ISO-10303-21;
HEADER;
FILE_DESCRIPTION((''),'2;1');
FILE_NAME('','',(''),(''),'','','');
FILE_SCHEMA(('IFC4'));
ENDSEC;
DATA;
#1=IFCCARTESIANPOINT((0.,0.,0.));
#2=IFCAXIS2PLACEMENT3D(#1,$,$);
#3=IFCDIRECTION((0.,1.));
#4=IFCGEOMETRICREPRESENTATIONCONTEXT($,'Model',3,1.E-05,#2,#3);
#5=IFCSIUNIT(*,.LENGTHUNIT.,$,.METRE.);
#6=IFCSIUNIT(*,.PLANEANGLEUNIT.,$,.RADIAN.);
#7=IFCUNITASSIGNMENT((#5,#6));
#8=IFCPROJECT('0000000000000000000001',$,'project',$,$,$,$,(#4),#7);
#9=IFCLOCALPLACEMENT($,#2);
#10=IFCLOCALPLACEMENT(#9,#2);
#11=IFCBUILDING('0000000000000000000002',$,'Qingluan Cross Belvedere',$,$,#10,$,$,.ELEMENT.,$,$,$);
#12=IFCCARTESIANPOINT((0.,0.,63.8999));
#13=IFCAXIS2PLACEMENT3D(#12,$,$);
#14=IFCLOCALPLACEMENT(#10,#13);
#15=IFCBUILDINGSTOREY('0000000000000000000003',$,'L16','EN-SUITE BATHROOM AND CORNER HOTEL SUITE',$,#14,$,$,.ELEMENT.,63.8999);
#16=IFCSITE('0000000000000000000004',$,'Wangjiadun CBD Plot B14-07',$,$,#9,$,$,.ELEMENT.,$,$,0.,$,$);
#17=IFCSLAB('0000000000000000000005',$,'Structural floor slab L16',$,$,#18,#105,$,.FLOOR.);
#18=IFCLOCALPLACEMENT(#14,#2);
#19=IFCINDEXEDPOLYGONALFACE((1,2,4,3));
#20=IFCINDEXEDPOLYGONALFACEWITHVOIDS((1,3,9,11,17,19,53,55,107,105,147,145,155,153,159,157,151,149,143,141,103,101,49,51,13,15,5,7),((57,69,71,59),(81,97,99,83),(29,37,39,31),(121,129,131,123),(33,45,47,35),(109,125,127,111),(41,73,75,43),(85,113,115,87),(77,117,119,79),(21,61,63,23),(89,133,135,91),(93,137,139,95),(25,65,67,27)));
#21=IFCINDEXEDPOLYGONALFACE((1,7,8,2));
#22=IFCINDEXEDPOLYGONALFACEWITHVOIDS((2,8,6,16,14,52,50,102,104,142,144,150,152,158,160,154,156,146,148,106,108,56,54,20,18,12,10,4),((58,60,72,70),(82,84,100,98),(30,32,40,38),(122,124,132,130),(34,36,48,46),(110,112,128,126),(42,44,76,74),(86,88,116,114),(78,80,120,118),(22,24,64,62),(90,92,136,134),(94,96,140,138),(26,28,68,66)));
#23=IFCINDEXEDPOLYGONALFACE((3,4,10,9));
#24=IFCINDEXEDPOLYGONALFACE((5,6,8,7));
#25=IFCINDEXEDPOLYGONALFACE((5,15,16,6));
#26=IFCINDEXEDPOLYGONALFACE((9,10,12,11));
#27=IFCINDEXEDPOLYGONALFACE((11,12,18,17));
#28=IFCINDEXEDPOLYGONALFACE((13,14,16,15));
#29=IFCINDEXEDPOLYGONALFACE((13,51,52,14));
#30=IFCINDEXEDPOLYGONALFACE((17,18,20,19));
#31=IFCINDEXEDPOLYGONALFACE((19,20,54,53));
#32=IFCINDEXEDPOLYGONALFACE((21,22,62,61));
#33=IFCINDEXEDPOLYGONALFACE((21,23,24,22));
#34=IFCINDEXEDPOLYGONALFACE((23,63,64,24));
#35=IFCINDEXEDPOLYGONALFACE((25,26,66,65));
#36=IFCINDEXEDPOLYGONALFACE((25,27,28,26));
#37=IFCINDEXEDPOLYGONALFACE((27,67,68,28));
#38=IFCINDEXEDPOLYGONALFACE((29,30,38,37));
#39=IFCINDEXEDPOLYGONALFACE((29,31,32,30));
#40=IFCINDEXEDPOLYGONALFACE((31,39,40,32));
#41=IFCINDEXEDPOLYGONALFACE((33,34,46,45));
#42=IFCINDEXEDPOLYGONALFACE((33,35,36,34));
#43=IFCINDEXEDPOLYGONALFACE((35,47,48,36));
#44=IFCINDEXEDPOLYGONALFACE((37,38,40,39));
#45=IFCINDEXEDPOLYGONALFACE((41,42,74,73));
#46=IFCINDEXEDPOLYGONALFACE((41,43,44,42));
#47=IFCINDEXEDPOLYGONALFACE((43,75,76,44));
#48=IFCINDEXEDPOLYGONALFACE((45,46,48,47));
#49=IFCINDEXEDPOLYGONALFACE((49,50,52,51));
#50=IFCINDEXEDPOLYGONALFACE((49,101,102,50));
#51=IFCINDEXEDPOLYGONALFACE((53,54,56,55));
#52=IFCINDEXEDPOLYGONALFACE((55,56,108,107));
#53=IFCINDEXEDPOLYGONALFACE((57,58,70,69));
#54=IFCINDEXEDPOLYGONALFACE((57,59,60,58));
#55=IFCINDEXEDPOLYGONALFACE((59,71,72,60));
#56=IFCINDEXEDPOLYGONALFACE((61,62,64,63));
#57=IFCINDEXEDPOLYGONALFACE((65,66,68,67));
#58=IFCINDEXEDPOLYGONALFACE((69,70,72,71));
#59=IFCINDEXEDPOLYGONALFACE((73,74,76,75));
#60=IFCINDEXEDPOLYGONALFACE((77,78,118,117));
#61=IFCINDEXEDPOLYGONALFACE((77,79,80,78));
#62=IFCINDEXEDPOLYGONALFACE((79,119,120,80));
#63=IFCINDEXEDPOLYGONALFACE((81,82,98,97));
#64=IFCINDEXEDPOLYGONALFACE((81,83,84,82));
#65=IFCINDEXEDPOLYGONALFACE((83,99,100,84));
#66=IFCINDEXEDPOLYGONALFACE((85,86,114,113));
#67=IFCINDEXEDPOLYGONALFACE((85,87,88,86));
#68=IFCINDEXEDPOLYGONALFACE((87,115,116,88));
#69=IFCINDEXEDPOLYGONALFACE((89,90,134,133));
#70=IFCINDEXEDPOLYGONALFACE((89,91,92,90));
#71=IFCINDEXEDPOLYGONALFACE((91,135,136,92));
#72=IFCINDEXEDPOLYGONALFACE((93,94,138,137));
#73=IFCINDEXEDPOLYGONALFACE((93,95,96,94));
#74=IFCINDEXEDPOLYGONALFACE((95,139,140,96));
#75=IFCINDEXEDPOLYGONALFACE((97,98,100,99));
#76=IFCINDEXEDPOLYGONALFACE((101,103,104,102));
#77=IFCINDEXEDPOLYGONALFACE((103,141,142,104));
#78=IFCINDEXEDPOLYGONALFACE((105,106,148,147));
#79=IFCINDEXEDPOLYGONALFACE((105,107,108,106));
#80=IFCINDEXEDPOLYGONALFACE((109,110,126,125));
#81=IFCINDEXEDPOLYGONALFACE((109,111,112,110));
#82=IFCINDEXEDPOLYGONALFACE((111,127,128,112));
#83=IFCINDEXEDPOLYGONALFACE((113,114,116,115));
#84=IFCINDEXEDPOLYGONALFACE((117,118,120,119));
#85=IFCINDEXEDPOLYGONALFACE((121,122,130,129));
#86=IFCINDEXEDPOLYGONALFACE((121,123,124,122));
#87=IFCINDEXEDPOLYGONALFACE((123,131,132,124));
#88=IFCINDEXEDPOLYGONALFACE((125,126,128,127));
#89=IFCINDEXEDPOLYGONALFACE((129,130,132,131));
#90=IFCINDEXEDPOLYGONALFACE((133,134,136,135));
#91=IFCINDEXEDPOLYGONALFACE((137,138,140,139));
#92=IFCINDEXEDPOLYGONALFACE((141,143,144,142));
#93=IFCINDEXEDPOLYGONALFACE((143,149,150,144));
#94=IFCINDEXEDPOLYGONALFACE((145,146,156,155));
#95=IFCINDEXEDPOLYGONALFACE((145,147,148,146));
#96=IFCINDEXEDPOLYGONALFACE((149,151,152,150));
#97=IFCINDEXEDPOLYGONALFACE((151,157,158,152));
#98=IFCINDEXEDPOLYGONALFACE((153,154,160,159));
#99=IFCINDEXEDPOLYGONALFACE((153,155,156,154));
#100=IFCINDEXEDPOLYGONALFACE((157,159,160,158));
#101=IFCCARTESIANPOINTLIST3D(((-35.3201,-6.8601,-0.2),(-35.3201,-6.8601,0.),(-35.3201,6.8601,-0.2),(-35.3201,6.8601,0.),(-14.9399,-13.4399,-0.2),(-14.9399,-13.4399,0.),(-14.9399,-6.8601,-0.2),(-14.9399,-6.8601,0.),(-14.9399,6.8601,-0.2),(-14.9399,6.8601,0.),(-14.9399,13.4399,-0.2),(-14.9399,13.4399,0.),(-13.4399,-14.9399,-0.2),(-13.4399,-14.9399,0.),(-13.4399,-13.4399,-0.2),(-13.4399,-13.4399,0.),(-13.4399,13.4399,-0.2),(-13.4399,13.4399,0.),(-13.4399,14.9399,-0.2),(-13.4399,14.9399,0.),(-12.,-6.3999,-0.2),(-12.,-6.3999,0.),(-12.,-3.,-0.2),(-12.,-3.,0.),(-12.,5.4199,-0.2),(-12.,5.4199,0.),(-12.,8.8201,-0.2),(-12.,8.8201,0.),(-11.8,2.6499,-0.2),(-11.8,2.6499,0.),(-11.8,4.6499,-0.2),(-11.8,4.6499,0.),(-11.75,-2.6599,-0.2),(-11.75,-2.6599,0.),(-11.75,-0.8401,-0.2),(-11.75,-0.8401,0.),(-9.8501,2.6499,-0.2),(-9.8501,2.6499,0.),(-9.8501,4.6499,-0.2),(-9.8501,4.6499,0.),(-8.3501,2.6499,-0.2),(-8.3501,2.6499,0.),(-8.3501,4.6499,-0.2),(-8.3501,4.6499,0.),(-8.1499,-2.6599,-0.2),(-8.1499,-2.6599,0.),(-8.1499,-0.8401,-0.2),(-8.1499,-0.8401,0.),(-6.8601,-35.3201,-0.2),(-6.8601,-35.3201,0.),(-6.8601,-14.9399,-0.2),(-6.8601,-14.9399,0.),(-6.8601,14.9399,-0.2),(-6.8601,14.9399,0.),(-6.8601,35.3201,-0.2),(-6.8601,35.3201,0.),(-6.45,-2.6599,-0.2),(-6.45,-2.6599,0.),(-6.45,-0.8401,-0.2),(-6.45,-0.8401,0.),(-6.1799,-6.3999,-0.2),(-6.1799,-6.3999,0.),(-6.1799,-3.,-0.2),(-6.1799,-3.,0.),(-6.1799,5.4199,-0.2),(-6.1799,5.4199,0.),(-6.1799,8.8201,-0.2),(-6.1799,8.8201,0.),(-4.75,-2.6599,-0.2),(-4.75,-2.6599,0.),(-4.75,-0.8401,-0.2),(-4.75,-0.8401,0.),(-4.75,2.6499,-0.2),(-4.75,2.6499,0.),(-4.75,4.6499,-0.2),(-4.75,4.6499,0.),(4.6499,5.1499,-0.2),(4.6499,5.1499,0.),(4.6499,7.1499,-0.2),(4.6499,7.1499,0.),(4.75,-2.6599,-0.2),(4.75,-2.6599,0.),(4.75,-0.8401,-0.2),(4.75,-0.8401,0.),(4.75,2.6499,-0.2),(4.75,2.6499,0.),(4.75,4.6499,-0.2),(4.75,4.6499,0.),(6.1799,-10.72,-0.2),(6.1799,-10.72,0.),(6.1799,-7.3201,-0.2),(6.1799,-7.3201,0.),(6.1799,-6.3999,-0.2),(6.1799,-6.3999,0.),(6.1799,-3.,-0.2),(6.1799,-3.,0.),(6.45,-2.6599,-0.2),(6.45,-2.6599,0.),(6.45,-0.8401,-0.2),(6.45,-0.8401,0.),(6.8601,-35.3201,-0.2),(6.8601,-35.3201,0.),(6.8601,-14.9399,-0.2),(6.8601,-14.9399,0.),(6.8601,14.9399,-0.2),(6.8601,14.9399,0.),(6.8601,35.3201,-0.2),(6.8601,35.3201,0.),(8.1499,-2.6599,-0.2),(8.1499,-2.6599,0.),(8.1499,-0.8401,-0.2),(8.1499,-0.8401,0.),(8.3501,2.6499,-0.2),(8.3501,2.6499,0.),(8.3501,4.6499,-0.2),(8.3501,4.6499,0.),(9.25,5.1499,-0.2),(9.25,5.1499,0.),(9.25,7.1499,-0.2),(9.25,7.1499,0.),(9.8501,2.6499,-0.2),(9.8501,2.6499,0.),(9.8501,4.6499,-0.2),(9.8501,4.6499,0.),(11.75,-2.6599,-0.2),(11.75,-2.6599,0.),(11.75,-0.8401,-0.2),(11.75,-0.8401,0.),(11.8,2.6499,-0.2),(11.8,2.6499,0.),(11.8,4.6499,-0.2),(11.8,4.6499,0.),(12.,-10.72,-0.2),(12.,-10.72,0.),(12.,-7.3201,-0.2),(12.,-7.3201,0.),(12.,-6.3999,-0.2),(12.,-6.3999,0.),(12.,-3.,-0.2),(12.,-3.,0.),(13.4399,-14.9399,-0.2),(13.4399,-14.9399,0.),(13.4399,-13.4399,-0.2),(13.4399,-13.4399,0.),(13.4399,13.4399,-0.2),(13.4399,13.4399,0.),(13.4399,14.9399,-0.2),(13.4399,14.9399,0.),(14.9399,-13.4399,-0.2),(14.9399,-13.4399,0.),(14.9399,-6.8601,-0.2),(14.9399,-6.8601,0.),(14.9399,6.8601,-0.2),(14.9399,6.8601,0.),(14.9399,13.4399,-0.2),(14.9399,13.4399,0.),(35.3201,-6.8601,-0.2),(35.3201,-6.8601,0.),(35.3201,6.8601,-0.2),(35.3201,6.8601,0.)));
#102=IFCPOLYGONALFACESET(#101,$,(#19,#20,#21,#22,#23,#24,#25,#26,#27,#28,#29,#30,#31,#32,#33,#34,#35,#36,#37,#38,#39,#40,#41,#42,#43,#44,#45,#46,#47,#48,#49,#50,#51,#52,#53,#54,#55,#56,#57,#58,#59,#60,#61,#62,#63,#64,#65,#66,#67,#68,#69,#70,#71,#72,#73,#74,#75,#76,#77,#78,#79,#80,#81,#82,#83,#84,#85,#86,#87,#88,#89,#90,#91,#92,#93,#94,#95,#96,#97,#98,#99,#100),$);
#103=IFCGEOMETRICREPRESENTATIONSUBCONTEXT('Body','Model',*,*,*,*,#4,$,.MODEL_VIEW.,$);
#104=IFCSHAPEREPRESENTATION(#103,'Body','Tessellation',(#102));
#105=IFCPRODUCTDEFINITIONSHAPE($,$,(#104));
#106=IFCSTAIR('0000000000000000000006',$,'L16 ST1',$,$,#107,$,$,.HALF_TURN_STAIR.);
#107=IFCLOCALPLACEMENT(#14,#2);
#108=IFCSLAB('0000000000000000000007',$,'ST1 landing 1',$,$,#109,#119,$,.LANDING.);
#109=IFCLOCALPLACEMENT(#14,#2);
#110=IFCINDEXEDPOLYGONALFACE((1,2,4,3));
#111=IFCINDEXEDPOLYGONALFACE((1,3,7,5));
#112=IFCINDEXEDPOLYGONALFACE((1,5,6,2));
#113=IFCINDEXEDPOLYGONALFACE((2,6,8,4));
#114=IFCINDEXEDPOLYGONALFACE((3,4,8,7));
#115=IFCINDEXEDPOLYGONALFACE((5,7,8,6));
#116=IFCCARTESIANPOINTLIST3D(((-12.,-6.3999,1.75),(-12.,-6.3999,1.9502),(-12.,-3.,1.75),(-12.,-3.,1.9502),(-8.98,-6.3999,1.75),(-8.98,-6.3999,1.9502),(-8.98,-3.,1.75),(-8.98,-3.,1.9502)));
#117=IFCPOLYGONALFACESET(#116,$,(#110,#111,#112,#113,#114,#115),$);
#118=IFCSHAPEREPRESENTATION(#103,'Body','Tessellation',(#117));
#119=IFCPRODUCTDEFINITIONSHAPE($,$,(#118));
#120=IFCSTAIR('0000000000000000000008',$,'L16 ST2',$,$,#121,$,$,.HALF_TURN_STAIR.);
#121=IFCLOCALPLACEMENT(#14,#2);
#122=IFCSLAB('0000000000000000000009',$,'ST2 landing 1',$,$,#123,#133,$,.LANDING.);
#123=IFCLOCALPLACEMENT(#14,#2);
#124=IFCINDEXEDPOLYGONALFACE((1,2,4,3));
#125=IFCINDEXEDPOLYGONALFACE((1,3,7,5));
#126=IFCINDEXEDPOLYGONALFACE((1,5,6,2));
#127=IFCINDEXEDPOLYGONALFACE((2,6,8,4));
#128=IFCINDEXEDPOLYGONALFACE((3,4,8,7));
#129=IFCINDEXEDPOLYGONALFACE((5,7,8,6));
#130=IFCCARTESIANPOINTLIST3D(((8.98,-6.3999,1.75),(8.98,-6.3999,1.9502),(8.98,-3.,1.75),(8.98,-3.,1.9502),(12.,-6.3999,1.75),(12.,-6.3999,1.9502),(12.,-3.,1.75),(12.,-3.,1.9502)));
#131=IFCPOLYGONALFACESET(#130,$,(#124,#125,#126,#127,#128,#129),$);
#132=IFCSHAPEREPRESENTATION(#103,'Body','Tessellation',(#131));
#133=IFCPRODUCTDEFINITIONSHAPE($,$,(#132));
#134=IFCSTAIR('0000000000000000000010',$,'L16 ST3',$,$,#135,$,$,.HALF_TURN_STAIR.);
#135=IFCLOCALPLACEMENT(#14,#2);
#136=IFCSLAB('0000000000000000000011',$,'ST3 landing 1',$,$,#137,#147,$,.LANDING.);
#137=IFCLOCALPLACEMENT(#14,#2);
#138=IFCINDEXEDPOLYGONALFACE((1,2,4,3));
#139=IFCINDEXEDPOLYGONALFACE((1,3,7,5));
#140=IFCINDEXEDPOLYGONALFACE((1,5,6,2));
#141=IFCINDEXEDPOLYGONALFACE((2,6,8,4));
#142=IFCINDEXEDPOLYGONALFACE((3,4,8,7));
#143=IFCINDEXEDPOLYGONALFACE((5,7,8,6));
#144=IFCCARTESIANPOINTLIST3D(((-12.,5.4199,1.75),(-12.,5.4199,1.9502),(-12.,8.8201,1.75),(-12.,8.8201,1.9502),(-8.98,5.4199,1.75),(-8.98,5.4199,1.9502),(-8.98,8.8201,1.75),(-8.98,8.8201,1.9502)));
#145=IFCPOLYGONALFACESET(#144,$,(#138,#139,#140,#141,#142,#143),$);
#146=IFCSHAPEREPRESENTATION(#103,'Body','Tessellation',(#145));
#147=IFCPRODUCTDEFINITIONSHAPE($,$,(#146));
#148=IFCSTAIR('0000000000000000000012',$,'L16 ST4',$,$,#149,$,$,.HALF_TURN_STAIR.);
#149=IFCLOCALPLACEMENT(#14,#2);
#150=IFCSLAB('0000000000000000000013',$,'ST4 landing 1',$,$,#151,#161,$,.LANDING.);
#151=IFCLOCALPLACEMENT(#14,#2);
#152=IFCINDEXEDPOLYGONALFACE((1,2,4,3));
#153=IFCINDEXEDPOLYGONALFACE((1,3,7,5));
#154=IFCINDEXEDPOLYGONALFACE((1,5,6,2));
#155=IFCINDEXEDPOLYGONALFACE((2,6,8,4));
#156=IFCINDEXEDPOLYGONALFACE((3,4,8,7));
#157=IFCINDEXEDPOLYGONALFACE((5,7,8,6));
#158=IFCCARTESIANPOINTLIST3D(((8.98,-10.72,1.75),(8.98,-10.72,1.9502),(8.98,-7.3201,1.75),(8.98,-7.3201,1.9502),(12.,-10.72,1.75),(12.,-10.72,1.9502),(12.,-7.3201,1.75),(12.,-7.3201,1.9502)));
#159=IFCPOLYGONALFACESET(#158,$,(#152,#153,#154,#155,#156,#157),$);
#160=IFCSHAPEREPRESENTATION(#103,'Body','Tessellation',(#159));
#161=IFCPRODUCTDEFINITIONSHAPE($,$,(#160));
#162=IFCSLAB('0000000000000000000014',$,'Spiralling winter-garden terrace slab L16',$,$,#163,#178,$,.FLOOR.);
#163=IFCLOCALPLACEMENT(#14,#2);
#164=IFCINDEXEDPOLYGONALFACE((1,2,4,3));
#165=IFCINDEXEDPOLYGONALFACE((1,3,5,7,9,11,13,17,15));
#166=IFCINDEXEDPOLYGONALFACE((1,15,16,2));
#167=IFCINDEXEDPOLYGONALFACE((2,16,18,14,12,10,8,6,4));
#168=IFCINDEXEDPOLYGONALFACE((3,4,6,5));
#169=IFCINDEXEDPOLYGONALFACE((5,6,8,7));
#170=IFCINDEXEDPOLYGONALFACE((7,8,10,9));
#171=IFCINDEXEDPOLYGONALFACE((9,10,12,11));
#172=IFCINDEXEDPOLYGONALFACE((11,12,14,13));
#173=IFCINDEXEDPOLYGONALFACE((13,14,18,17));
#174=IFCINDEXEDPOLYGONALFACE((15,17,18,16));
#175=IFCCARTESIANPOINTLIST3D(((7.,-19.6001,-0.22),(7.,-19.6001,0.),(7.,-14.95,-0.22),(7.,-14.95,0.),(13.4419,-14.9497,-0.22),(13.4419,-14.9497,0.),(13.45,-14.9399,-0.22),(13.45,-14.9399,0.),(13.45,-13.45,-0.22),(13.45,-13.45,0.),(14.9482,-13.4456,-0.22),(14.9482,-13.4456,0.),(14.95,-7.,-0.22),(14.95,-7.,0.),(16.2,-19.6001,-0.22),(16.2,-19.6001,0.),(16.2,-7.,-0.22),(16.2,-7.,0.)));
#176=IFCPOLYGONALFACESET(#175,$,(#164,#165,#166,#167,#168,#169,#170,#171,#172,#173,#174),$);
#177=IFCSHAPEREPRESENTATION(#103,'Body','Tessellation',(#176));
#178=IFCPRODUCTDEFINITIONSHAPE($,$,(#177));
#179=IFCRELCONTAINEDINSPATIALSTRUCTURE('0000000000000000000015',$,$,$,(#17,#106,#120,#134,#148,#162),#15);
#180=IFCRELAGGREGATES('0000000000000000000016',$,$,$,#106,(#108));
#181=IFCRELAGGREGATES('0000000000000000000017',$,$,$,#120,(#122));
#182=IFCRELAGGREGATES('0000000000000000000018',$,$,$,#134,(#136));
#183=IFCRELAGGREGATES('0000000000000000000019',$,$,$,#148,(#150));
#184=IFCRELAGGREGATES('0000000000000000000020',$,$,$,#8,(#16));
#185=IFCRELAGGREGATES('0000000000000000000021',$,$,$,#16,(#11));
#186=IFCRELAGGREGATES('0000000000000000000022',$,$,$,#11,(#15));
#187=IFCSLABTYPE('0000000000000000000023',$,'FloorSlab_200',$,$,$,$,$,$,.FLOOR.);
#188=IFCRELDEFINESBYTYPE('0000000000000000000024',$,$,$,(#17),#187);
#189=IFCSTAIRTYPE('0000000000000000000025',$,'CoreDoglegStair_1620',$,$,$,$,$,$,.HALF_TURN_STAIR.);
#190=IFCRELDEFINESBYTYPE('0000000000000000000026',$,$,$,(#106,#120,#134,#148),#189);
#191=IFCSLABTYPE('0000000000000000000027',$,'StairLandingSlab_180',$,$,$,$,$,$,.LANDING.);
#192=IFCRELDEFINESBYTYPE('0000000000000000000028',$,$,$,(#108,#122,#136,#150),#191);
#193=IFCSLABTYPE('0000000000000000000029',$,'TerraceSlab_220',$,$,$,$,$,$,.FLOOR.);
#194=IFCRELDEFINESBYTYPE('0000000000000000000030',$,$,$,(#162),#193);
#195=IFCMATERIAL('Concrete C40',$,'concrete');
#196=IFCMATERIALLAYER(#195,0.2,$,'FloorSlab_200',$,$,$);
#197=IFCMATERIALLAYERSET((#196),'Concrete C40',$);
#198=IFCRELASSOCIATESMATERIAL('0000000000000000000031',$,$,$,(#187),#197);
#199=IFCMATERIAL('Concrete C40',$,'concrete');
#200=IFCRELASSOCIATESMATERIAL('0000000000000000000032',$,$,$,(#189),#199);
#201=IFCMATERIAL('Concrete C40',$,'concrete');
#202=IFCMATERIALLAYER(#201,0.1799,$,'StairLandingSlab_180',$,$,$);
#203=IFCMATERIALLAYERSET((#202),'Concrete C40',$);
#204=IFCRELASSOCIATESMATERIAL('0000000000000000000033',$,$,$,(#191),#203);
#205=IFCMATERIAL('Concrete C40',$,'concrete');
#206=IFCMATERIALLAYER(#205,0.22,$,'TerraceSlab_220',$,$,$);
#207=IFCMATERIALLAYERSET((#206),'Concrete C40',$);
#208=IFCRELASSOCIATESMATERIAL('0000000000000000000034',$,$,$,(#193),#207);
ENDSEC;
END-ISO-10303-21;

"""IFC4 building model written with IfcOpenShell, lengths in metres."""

from ifc_helpers import new_model, si_unit, direction, frame, origin, place, context, subcontext, project, spatial, polyline, outline, extrude, material, layer, layer_set, type_object, element, aggregate, save


model = new_model("IFC4")

# Units and contexts
model_context = context("Model", 3, precision=1e-05, world=origin(), true_north=direction((0.0, 1.0)))
body_context = subcontext(model_context, "Body", "Model", "MODEL_VIEW")
ifc_project = project(units=[si_unit("LENGTHUNIT", "METRE"), si_unit("PLANEANGLEUNIT", "RADIAN")], contexts=[model_context])

# Site, building, storey
site_placement = place(None, origin())
site = spatial("IfcSite", under=ifc_project, at=site_placement, Name="Wangjiadun CBD Plot B14-07", CompositionType="ELEMENT", RefElevation=0.0)
building_placement = place(site_placement, origin())
building = spatial("IfcBuilding", under=site, at=building_placement, Name="Qingluan Cross Belvedere", CompositionType="ELEMENT")
storey_placement = place(building_placement, frame((0.0, 0.0, 63.8999)))
storey = spatial("IfcBuildingStorey", under=building, at=storey_placement, Name="L16", Description="EN-SUITE BATHROOM AND CORNER HOTEL SUITE", CompositionType="ELEMENT", Elevation=63.8999)

# Slab
ifc_material_1 = material(Name="Concrete C40", Category="concrete")
ifc_layer_1 = layer(ifc_material_1, 0.2, Name="FloorSlab_200")
ifc_layer_set_1 = layer_set([ifc_layer_1], Name="Concrete C40")
slab_type_1 = type_object("IfcSlabType", Name="FloorSlab_200", PredefinedType="FLOOR", material=ifc_layer_set_1)
slab_1_placement = place(storey_placement, frame((0.0, 0.0, -0.2)))
element("IfcSlab", 1, at=slab_1_placement, inside=storey, type_object=slab_type_1, Name="Structural floor slab L16", PredefinedType="FLOOR", context=body_context, shape_type="SweptSolid", body=[
    extrude(outline(polyline([(6.8601, -35.3201), (6.8601, -14.9399), (13.4399, -14.9399), (13.4399, -13.4399), (14.9399, -13.4399), (14.9399, -6.8601), (35.3201, -6.8601), (35.3201, 6.8601), (14.9399, 6.8601), (14.9399, 13.4399), (13.4399, 13.4399), (13.4399, 14.9399), (6.8601, 14.9399), (6.8601, 35.3201), (-6.8601, 35.3201), (-6.8601, 14.9399), (-13.4399, 14.9399), (-13.4399, 13.4399), (-14.9399, 13.4399), (-14.9399, 6.8601), (-35.3201, 6.8601), (-35.3201, -6.8601), (-14.9399, -6.8601), (-14.9399, -13.4399), (-13.4399, -13.4399), (-13.4399, -14.9399), (-6.8601, -14.9399), (-6.8601, -35.3201), (6.8601, -35.3201)]), holes=[polyline([(-12.0, -3.0), (-6.1799, -3.0), (-6.1799, -6.3999), (-12.0, -6.3999), (-12.0, -3.0)]), polyline([(6.1799, -3.0), (12.0, -3.0), (12.0, -6.3999), (6.1799, -6.3999), (6.1799, -3.0)]), polyline([(-12.0, 8.8201), (-6.1799, 8.8201), (-6.1799, 5.4199), (-12.0, 5.4199), (-12.0, 8.8201)]), polyline([(6.1799, -7.3201), (12.0, -7.3201), (12.0, -10.72), (6.1799, -10.72), (6.1799, -7.3201)]), polyline([(-11.8, 4.6499), (-9.8501, 4.6499), (-9.8501, 2.6499), (-11.8, 2.6499), (-11.8, 4.6499)]), polyline([(-8.3501, 4.6499), (-4.75, 4.6499), (-4.75, 2.6499), (-8.3501, 2.6499), (-8.3501, 4.6499)]), polyline([(4.75, 4.6499), (8.3501, 4.6499), (8.3501, 2.6499), (4.75, 2.6499), (4.75, 4.6499)]), polyline([(9.8501, 4.6499), (11.8, 4.6499), (11.8, 2.6499), (9.8501, 2.6499), (9.8501, 4.6499)]), polyline([(-11.75, -0.8401), (-8.1499, -0.8401), (-8.1499, -2.6599), (-11.75, -2.6599), (-11.75, -0.8401)]), polyline([(-6.45, -0.8401), (-4.75, -0.8401), (-4.75, -2.6599), (-6.45, -2.6599), (-6.45, -0.8401)]), polyline([(4.75, -0.8401), (6.45, -0.8401), (6.45, -2.6599), (4.75, -2.6599), (4.75, -0.8401)]), polyline([(8.1499, -0.8401), (11.75, -0.8401), (11.75, -2.6599), (8.1499, -2.6599), (8.1499, -0.8401)]), polyline([(4.6499, 7.1499), (9.25, 7.1499), (9.25, 5.1499), (4.6499, 5.1499), (4.6499, 7.1499)])]), origin(), (0.0, 0.0, 1.0), 0.2),
])

# Stairs, slabs
ifc_material_2 = material(Name="Concrete C40", Category="concrete")
stair_type = type_object("IfcStairType", Name="CoreDoglegStair_1620", PredefinedType="HALF_TURN_STAIR", material=ifc_material_2)
stair_1_placement = place(storey_placement, origin())
stair_1 = element("IfcStair", 2, at=stair_1_placement, inside=storey, type_object=stair_type, Name="L16 ST1", PredefinedType="HALF_TURN_STAIR")
ifc_material_3 = material(Name="Concrete C40", Category="concrete")
ifc_layer_2 = layer(ifc_material_3, 0.1799, Name="StairLandingSlab_180")
ifc_layer_set_2 = layer_set([ifc_layer_2], Name="Concrete C40")
slab_type_2 = type_object("IfcSlabType", Name="StairLandingSlab_180", PredefinedType="LANDING", material=ifc_layer_set_2)
slab_2_placement = place(storey_placement, frame((0.0, 0.0, 1.75)))
slab_2 = element("IfcSlab", 3, at=slab_2_placement, type_object=slab_type_2, Name="ST1 landing 1", PredefinedType="LANDING", context=body_context, shape_type="SweptSolid", body=[
    extrude(outline(polyline([(-8.98, -3.0), (-12.0, -3.0), (-12.0, -6.3999), (-8.98, -6.3999), (-8.98, -3.0)])), origin(), (0.0, 0.0, 1.0), 0.2002),
])
aggregate(stair_1, [slab_2])
stair_2_placement = place(storey_placement, origin())
stair_2 = element("IfcStair", 4, at=stair_2_placement, inside=storey, type_object=stair_type, Name="L16 ST2", PredefinedType="HALF_TURN_STAIR")
slab_3_placement = place(storey_placement, frame((0.0, 0.0, 1.75)))
slab_3 = element("IfcSlab", 5, at=slab_3_placement, type_object=slab_type_2, Name="ST2 landing 1", PredefinedType="LANDING", context=body_context, shape_type="SweptSolid", body=[
    extrude(outline(polyline([(8.98, -6.3999), (12.0, -6.3999), (12.0, -3.0), (8.98, -3.0), (8.98, -6.3999)])), origin(), (0.0, 0.0, 1.0), 0.2002),
])
aggregate(stair_2, [slab_3])
stair_3_placement = place(storey_placement, origin())
stair_3 = element("IfcStair", 6, at=stair_3_placement, inside=storey, type_object=stair_type, Name="L16 ST3", PredefinedType="HALF_TURN_STAIR")
slab_4_placement = place(storey_placement, frame((0.0, 0.0, 1.75)))
slab_4 = element("IfcSlab", 7, at=slab_4_placement, type_object=slab_type_2, Name="ST3 landing 1", PredefinedType="LANDING", context=body_context, shape_type="SweptSolid", body=[
    extrude(outline(polyline([(-8.98, 8.8201), (-12.0, 8.8201), (-12.0, 5.4199), (-8.98, 5.4199), (-8.98, 8.8201)])), origin(), (0.0, 0.0, 1.0), 0.2002),
])
aggregate(stair_3, [slab_4])
stair_4_placement = place(storey_placement, origin())
stair_4 = element("IfcStair", 8, at=stair_4_placement, inside=storey, type_object=stair_type, Name="L16 ST4", PredefinedType="HALF_TURN_STAIR")
slab_5_placement = place(storey_placement, frame((0.0, 0.0, 1.75)))
slab_5 = element("IfcSlab", 9, at=slab_5_placement, type_object=slab_type_2, Name="ST4 landing 1", PredefinedType="LANDING", context=body_context, shape_type="SweptSolid", body=[
    extrude(outline(polyline([(8.98, -10.72), (12.0, -10.72), (12.0, -7.3201), (8.98, -7.3201), (8.98, -10.72)])), origin(), (0.0, 0.0, 1.0), 0.2002),
])
aggregate(stair_4, [slab_5])

# Slab
ifc_material_4 = material(Name="Concrete C40", Category="concrete")
ifc_layer_3 = layer(ifc_material_4, 0.22, Name="TerraceSlab_220")
ifc_layer_set_3 = layer_set([ifc_layer_3], Name="Concrete C40")
slab_type_3 = type_object("IfcSlabType", Name="TerraceSlab_220", PredefinedType="FLOOR", material=ifc_layer_set_3)
slab_6_placement = place(storey_placement, frame((0.0, 0.0, -0.22)))
element("IfcSlab", 10, at=slab_6_placement, inside=storey, type_object=slab_type_3, Name="Spiralling winter-garden terrace slab L16", PredefinedType="FLOOR", context=body_context, shape_type="SweptSolid", body=[
    extrude(outline(polyline([(14.95, -7.0), (14.9482, -13.4456), (13.45, -13.45), (13.45, -14.9399), (13.4419, -14.9497), (7.0, -14.95), (7.0, -19.6001), (16.2, -19.6001), (16.2, -7.0), (14.95, -7.0)])), origin(), (0.0, 0.0, 1.0), 0.22),
])

save(model, "model.ifc")
